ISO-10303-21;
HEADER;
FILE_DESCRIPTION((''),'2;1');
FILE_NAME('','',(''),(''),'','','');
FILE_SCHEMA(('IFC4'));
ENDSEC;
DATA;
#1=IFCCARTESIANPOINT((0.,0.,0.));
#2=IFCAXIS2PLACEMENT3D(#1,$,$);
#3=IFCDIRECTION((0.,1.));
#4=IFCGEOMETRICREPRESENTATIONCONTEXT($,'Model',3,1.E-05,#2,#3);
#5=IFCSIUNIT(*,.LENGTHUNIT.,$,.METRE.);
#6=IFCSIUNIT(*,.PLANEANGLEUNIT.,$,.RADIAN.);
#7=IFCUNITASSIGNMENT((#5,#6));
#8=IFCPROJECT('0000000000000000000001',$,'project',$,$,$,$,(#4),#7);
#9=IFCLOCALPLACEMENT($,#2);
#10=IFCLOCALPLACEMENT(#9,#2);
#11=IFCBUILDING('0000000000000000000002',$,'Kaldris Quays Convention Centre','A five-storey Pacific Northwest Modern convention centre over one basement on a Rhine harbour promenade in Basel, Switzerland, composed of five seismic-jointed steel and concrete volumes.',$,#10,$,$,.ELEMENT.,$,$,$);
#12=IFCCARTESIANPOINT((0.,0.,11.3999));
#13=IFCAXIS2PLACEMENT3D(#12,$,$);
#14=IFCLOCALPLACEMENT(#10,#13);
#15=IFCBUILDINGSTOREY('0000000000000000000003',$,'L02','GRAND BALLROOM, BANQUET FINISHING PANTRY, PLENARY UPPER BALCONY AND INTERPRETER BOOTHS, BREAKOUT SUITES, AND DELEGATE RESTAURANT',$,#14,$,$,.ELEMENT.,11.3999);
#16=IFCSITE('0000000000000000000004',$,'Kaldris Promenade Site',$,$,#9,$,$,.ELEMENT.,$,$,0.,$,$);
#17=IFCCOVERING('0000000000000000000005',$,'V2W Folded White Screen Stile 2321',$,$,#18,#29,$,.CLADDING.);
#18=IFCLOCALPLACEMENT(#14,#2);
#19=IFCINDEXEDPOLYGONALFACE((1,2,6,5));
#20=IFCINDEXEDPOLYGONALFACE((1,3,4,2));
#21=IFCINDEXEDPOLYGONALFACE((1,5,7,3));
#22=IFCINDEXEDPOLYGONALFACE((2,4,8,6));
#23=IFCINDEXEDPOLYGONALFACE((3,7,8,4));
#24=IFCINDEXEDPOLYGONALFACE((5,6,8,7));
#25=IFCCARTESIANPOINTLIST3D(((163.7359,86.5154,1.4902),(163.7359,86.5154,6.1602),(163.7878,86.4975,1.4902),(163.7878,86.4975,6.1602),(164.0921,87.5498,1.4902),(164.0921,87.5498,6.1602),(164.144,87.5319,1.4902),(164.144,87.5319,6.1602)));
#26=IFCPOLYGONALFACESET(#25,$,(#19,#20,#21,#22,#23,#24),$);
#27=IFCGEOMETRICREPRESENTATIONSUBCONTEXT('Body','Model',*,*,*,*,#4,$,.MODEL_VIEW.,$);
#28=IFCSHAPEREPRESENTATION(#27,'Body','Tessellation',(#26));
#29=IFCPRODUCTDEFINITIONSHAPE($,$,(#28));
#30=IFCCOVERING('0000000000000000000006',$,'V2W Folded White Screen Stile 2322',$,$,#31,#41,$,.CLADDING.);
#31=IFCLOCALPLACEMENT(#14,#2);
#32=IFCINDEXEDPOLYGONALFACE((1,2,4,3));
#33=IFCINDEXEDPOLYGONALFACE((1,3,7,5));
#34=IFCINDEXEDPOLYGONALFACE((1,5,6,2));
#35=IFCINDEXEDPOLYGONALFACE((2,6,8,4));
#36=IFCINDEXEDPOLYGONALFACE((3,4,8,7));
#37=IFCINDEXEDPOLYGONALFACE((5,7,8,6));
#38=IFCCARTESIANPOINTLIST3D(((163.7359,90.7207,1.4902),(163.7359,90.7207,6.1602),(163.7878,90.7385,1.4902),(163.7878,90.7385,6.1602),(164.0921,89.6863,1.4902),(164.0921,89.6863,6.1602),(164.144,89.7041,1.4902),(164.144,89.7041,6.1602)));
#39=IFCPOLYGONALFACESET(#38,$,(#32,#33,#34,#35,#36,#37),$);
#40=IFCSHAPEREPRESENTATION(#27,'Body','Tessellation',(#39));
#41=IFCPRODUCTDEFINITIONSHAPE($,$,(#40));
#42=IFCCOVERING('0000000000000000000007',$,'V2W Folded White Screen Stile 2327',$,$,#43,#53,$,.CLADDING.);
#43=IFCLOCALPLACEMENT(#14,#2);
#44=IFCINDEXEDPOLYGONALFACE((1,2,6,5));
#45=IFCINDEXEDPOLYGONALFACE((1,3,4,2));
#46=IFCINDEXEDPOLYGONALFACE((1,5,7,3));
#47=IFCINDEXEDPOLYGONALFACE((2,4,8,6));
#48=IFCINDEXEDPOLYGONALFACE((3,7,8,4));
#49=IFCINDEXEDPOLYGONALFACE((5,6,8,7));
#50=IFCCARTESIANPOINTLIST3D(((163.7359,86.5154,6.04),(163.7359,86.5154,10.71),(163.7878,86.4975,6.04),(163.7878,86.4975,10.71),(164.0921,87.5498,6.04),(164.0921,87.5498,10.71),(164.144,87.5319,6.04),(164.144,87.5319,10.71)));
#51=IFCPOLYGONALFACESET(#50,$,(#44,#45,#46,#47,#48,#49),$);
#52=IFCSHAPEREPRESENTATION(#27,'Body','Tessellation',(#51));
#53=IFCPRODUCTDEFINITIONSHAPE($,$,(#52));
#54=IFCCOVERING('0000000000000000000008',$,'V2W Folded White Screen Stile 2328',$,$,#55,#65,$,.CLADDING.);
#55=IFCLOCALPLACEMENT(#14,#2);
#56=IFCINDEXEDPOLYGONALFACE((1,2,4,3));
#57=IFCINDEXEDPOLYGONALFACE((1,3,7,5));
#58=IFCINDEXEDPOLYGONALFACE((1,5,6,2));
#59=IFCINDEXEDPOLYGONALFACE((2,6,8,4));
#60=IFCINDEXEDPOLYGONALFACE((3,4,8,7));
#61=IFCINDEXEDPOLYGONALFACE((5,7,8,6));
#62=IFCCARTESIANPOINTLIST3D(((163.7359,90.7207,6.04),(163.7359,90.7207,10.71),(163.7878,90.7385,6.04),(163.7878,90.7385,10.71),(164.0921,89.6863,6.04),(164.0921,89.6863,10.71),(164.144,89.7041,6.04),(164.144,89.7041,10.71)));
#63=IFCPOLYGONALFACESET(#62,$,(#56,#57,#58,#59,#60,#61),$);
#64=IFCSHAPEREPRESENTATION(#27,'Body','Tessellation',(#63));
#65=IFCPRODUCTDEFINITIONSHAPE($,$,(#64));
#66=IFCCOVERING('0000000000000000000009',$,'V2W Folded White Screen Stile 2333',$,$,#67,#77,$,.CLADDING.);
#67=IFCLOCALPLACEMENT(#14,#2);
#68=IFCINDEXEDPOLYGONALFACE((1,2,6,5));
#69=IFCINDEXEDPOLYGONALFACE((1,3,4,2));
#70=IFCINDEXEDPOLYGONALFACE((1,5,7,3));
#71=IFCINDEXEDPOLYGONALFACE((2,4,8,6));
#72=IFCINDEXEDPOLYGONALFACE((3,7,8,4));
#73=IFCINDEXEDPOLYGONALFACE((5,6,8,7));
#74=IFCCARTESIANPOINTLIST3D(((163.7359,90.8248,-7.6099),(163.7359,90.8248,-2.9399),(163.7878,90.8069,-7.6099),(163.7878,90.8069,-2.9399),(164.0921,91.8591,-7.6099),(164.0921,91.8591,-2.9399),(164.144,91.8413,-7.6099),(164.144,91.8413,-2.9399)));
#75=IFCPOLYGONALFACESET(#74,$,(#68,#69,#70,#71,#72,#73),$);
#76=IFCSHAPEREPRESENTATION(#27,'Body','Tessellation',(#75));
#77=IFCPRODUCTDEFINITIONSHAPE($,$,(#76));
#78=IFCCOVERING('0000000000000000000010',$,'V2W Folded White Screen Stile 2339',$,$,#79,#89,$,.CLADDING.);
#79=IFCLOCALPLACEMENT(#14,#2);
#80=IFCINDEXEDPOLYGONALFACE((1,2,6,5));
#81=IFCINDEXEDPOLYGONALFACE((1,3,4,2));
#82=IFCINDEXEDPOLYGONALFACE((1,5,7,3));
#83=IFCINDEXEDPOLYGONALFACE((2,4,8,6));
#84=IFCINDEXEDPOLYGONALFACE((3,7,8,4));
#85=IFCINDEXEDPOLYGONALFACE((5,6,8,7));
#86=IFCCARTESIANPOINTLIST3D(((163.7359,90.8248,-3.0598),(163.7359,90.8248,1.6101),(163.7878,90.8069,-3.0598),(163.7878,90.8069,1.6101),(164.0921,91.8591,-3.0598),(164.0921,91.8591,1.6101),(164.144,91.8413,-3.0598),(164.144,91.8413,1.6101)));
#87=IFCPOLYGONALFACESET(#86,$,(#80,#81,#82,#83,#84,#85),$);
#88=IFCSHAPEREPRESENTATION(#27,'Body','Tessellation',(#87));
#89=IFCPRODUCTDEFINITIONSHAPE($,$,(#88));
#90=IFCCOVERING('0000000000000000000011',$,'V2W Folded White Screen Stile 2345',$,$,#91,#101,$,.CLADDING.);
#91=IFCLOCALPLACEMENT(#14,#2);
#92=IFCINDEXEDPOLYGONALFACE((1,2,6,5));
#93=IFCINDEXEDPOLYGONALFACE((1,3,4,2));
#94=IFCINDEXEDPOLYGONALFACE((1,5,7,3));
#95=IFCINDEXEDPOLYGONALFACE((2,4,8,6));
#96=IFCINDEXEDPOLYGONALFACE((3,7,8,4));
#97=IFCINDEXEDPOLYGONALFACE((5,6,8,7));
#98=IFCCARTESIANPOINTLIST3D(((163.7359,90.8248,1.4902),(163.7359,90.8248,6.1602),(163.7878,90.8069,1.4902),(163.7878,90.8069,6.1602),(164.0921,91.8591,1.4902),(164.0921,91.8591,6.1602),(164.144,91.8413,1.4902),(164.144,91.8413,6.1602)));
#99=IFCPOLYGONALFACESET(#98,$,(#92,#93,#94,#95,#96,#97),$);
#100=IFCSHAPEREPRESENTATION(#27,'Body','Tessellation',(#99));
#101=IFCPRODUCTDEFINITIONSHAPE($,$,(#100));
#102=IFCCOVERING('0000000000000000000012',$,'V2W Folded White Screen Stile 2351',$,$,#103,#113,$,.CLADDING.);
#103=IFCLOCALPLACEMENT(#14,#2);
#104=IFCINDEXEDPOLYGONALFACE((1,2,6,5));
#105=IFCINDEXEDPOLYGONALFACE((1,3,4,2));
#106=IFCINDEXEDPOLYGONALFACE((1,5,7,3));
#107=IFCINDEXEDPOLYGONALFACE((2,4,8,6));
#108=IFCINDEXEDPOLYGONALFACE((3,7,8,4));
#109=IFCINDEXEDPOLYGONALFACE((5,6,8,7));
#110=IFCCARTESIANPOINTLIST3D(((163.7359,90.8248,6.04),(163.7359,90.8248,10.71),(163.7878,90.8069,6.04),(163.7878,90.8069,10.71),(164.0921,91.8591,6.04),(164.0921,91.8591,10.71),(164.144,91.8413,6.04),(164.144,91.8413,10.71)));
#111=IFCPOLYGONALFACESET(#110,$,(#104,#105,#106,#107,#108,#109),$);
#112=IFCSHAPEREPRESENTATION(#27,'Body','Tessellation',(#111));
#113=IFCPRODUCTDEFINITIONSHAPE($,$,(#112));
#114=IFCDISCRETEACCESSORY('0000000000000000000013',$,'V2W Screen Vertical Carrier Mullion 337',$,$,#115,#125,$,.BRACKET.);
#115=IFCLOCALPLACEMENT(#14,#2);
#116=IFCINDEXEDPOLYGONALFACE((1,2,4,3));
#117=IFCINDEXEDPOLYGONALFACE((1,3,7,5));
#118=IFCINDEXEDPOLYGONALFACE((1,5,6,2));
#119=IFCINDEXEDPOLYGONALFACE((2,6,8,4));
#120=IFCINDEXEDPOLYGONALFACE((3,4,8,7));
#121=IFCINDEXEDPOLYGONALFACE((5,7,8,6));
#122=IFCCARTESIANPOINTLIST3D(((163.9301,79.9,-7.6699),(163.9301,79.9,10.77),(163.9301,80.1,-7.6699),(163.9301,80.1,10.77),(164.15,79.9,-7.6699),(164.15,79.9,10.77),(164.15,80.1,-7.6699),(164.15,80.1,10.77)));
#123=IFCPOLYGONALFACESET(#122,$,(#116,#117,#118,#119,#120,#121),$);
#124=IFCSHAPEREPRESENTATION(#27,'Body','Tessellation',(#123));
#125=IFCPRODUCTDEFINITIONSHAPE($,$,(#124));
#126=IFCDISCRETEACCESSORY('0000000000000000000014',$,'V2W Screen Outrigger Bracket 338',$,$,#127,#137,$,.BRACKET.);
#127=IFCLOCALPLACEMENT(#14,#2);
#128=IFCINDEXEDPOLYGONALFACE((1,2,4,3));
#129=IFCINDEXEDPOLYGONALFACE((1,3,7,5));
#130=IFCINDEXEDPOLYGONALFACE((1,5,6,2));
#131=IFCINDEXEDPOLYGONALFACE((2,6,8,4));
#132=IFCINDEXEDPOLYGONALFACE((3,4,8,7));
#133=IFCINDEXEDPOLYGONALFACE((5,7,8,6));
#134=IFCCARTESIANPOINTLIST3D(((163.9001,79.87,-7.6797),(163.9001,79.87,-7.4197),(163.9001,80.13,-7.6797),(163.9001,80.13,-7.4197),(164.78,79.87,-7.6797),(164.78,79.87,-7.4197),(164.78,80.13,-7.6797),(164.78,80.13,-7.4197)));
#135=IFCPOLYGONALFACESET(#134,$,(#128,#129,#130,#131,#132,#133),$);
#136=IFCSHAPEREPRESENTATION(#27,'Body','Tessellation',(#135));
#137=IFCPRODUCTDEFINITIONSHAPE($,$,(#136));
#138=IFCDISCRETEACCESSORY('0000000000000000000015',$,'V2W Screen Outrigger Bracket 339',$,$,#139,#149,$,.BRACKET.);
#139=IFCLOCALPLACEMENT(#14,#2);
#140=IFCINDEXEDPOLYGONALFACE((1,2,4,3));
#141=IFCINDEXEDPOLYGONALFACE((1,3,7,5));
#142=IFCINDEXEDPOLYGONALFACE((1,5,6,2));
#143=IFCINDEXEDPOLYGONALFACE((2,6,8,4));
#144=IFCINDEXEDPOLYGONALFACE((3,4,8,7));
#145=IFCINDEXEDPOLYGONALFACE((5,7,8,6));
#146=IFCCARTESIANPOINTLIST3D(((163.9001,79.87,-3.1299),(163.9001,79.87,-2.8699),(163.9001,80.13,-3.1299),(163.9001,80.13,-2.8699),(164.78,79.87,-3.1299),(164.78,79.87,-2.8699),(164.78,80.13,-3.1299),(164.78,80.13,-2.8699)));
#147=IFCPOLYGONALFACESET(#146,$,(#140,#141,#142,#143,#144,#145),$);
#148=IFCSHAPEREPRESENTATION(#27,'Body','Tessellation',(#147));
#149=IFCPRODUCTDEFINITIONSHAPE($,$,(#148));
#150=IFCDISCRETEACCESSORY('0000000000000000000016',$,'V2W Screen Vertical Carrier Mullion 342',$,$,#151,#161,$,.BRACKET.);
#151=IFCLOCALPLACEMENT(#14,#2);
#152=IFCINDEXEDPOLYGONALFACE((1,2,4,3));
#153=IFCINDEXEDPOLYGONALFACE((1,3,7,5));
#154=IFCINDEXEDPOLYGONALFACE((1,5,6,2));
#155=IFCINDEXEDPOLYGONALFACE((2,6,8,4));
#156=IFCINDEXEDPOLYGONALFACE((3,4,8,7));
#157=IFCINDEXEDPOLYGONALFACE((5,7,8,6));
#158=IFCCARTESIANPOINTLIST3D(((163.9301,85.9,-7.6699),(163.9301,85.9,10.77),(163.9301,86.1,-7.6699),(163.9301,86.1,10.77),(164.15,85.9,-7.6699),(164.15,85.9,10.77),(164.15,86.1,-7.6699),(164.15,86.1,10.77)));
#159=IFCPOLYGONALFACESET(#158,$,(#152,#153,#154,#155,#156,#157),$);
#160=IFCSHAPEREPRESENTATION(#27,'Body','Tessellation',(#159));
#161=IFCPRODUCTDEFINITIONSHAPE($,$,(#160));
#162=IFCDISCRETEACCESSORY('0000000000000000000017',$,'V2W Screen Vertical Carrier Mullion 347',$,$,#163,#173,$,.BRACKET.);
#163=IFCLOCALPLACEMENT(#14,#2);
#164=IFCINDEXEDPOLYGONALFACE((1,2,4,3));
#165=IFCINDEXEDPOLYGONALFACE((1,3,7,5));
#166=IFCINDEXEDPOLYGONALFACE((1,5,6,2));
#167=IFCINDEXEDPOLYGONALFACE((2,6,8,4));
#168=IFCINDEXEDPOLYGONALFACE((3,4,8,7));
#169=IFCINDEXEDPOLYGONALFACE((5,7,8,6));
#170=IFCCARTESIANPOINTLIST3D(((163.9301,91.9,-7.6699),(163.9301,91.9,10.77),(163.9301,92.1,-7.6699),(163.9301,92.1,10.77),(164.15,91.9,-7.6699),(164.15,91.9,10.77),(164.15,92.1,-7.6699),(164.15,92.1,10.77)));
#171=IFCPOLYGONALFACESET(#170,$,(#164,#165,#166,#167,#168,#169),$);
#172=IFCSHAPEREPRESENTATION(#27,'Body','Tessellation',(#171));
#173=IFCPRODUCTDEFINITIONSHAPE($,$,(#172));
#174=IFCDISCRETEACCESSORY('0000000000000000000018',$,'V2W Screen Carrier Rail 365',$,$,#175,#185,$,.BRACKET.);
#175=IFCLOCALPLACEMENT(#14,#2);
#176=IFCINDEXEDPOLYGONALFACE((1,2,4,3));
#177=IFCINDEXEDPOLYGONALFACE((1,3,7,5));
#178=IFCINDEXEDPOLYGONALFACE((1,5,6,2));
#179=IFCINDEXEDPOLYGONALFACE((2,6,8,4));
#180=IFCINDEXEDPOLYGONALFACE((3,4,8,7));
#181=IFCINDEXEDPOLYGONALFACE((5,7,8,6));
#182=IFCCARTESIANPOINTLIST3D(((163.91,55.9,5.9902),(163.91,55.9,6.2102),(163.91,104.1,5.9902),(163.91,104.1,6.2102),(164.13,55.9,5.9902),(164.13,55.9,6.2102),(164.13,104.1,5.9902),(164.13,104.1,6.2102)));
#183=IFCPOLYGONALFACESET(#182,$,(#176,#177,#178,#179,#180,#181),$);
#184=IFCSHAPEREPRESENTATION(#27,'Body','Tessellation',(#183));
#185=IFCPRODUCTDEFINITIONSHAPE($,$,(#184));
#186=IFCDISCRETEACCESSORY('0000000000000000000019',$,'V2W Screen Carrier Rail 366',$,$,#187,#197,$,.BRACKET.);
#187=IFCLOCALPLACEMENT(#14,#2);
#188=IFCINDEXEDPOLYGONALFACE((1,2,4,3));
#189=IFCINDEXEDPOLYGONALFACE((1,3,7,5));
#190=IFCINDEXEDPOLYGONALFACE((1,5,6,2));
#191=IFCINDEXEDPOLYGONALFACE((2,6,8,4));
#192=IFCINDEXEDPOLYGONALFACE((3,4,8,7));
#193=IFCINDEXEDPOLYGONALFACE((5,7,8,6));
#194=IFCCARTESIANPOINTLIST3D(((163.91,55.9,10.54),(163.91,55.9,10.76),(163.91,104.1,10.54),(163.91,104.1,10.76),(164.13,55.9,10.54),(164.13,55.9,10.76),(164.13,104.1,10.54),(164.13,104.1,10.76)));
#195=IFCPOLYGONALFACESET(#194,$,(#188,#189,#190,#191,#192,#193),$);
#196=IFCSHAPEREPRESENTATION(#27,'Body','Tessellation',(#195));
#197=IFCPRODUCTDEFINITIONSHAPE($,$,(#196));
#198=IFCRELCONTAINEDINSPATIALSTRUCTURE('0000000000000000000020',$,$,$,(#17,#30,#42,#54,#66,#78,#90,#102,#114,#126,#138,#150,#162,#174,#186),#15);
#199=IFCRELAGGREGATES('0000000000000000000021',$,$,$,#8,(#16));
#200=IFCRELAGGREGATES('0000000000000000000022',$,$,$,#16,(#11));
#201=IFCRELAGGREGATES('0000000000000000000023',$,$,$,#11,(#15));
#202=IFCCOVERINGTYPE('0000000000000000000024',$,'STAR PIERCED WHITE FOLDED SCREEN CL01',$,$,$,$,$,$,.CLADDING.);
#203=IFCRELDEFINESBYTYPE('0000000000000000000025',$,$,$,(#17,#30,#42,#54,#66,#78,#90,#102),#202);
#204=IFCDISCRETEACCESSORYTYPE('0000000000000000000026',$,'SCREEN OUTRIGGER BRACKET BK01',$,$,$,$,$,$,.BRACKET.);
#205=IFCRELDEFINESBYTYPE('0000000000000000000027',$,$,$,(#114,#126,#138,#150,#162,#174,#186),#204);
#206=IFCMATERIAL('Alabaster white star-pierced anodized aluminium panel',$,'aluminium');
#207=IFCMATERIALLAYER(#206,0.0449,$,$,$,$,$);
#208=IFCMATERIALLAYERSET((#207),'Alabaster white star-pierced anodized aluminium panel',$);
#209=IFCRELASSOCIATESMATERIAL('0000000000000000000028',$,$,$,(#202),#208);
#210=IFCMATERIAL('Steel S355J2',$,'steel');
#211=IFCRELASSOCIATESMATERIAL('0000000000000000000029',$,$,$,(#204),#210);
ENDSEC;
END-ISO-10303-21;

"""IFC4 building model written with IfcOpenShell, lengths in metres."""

from ifc_helpers import new_model, si_unit, direction, frame, origin, origin_2d, place, context, subcontext, project, spatial, rectangle, extrude, material, layer, layer_set, type_object, element, save


model = new_model("IFC4")

# Units and contexts
model_context = context("Model", 3, precision=1e-05, world=origin(), true_north=direction((0.0, 1.0)))
body_context = subcontext(model_context, "Body", "Model", "MODEL_VIEW")
ifc_project = project(units=[si_unit("LENGTHUNIT", "METRE"), si_unit("PLANEANGLEUNIT", "RADIAN")], contexts=[model_context])

# Site, building, storey
site_placement = place(None, origin())
site = spatial("IfcSite", under=ifc_project, at=site_placement, Name="Kaldris Promenade Site", CompositionType="ELEMENT", RefElevation=0.0)
building_placement = place(site_placement, origin())
building = spatial("IfcBuilding", under=site, at=building_placement, Name="Kaldris Quays Convention Centre", Description="A five-storey Pacific Northwest Modern convention centre over one basement on a Rhine harbour promenade in Basel, Switzerland, composed of five seismic-jointed steel and concrete volumes.", CompositionType="ELEMENT")
storey_placement = place(building_placement, frame((0.0, 0.0, 11.3999)))
storey = spatial("IfcBuildingStorey", under=building, at=storey_placement, Name="L02", Description="GRAND BALLROOM, BANQUET FINISHING PANTRY, PLENARY UPPER BALCONY AND INTERPRETER BOOTHS, BREAKOUT SUITES, AND DELEGATE RESTAURANT", CompositionType="ELEMENT", Elevation=11.3999)

# Shared definitions
ifc_material_1 = material(Name="Steel S355J2", Category="steel")

# Coverings
ifc_material_2 = material(Name="Alabaster white star-pierced anodized aluminium panel", Category="aluminium")
ifc_layer_1 = layer(ifc_material_2, 0.0449)
ifc_layer_set_1 = layer_set([ifc_layer_1], Name="Alabaster white star-pierced anodized aluminium panel")
covering_type = type_object("IfcCoveringType", Name="STAR PIERCED WHITE FOLDED SCREEN CL01", PredefinedType="CLADDING", material=ifc_layer_set_1)
for number, where, z_axis, x_axis, name in (
    (1, (163.9399, 87.0237, 1.4902), (0.0, 0.0, 1.0), (0.325568, 0.945519, 0.0), "V2W Folded White Screen Stile 2321"),
    (2, (163.9399, 90.2124, 1.4902), (0.0, 0.0, 1.0), (-0.325568, 0.945519, 0.0), "V2W Folded White Screen Stile 2322"),
    (3, (163.9399, 87.0237, 6.04), (0.0, 0.0, 1.0), (0.325568, 0.945519, 0.0), "V2W Folded White Screen Stile 2327"),
    (4, (163.9399, 90.2124, 6.04), (0.0, 0.0, 1.0), (-0.325568, 0.945519, 0.0), "V2W Folded White Screen Stile 2328"),
    (5, (163.9399, 91.333, -7.6099), (0.0, 0.0, 1.0), (0.325568, 0.945519, 0.0), "V2W Folded White Screen Stile 2333"),
    (6, (163.9399, 91.333, -3.0598), (0.0, 0.0, 1.0), (0.325568, 0.945519, 0.0), "V2W Folded White Screen Stile 2339"),
    (7, (163.9399, 91.333, 1.4902), (0.0, 0.0, 1.0), (0.325568, 0.945519, 0.0), "V2W Folded White Screen Stile 2345"),
    (8, (163.9399, 91.333, 6.04), (0.0, 0.0, 1.0), (0.325568, 0.945519, 0.0), "V2W Folded White Screen Stile 2351"),
):
    element("IfcCovering", number, at=place(storey_placement, frame(where, z_axis=z_axis, x_axis=x_axis)), inside=storey, type_object=covering_type, Name=name, PredefinedType="CLADDING", context=body_context, shape_type="SweptSolid", body=[
        extrude(rectangle(XDim=1.094, YDim=0.0549, at=origin_2d()), origin(), (0.0, 0.0, 1.0), 4.6699),
    ])

# Discrete accessories
discrete_accessory_type = type_object("IfcDiscreteAccessoryType", Name="SCREEN OUTRIGGER BRACKET BK01", PredefinedType="BRACKET", material=ifc_material_1)
discrete_accessory_placement = place(storey_placement, frame((164.04, 80.0, -7.6699), z_axis=(0.0, 0.0, 1.0), x_axis=(0.0, 1.0, 0.0)))
element("IfcDiscreteAccessory", 9, at=discrete_accessory_placement, inside=storey, type_object=discrete_accessory_type, Name="V2W Screen Vertical Carrier Mullion 337", PredefinedType="BRACKET", context=body_context, shape_type="SweptSolid", body=[
    extrude(rectangle(XDim=0.2, YDim=0.22, at=origin_2d()), origin(), (0.0, 0.0, 1.0), 18.4399),
])
for number, where, z_axis, x_axis, name in (
    (10, (164.3401, 80.0, -7.6797), (0.0, 0.0, 1.0), (0.0, 1.0, 0.0), "V2W Screen Outrigger Bracket 338"),
    (11, (164.3401, 80.0, -3.1299), (0.0, 0.0, 1.0), (0.0, 1.0, 0.0), "V2W Screen Outrigger Bracket 339"),
):
    element("IfcDiscreteAccessory", number, at=place(storey_placement, frame(where, z_axis=z_axis, x_axis=x_axis)), inside=storey, type_object=discrete_accessory_type, Name=name, PredefinedType="BRACKET", context=body_context, shape_type="SweptSolid", body=[
        extrude(rectangle(XDim=0.26, YDim=0.8799, at=origin_2d()), origin(), (0.0, 0.0, 1.0), 0.26),
    ])
for number, where, z_axis, x_axis, name in (
    (12, (164.04, 86.0, -7.6699), (0.0, 0.0, 1.0), (0.0, 1.0, 0.0), "V2W Screen Vertical Carrier Mullion 342"),
    (13, (164.04, 92.0, -7.6699), (0.0, 0.0, 1.0), (0.0, 1.0, 0.0), "V2W Screen Vertical Carrier Mullion 347"),
):
    element("IfcDiscreteAccessory", number, at=place(storey_placement, frame(where, z_axis=z_axis, x_axis=x_axis)), inside=storey, type_object=discrete_accessory_type, Name=name, PredefinedType="BRACKET", context=body_context, shape_type="SweptSolid", body=[
        extrude(rectangle(XDim=0.2, YDim=0.22, at=origin_2d()), origin(), (0.0, 0.0, 1.0), 18.4399),
    ])
for number, where, z_axis, x_axis, name in (
    (14, (164.02, 80.0, 5.9902), (0.0, 0.0, 1.0), (0.0, 1.0, 0.0), "V2W Screen Carrier Rail 365"),
    (15, (164.02, 80.0, 10.54), (0.0, 0.0, 1.0), (0.0, 1.0, 0.0), "V2W Screen Carrier Rail 366"),
):
    element("IfcDiscreteAccessory", number, at=place(storey_placement, frame(where, z_axis=z_axis, x_axis=x_axis)), inside=storey, type_object=discrete_accessory_type, Name=name, PredefinedType="BRACKET", context=body_context, shape_type="SweptSolid", body=[
        extrude(rectangle(XDim=48.2, YDim=0.22, at=origin_2d()), origin(), (0.0, 0.0, 1.0), 0.22),
    ])

save(model, "model.ifc")
